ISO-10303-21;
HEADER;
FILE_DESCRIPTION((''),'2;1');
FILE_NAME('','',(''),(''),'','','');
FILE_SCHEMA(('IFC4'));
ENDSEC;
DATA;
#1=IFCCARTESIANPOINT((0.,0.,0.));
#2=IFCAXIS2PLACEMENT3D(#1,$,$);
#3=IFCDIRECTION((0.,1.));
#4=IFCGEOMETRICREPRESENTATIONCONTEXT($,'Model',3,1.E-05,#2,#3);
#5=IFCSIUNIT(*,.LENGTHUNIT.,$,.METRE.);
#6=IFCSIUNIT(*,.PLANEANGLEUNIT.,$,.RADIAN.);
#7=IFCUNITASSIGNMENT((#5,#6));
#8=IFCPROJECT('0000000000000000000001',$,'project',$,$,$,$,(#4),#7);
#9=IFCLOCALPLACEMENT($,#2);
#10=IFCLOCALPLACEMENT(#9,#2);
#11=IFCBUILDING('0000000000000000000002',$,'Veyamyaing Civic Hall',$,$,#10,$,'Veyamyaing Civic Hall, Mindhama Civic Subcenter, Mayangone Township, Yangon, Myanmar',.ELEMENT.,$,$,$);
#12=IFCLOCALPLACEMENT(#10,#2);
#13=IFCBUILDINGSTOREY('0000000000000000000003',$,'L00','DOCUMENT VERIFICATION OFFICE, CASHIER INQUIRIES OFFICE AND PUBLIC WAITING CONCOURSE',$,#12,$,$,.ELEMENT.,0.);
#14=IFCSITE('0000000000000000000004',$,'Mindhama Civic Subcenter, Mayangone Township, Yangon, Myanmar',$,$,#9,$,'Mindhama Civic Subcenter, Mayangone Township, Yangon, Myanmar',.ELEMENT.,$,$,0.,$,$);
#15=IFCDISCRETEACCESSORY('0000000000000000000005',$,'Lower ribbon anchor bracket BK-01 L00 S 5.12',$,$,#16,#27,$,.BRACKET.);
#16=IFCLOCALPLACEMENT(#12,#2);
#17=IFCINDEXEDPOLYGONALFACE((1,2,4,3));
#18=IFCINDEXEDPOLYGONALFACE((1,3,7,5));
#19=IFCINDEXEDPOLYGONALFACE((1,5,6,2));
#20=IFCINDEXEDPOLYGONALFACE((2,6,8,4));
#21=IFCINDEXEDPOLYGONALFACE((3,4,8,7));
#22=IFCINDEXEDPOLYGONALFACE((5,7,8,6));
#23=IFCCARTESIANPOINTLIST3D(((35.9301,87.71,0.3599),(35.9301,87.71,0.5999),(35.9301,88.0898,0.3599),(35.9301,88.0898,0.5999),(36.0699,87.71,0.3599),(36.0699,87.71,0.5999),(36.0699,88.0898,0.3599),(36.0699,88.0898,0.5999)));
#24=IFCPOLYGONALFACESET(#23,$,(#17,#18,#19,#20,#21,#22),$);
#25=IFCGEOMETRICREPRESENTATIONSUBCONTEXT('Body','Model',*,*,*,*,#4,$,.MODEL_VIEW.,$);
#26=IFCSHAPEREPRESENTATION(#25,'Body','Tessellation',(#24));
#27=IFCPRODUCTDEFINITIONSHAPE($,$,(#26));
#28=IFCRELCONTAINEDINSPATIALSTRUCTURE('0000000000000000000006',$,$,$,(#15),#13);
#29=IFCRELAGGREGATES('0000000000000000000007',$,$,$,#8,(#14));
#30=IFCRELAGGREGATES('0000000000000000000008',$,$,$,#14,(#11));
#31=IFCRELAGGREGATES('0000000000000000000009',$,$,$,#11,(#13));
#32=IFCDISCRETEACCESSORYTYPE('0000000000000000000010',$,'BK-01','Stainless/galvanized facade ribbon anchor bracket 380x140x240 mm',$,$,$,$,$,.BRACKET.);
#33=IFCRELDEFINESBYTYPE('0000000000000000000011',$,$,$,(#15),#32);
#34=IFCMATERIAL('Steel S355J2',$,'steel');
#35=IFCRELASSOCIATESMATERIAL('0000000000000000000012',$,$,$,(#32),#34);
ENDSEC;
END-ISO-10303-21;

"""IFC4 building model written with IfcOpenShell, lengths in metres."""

from ifc_helpers import new_model, si_unit, direction, frame, origin, origin_2d, place, context, subcontext, project, spatial, rectangle, extrude, material, type_object, element, save


model = new_model("IFC4")

# Units and contexts
model_context = context("Model", 3, precision=1e-05, world=origin(), true_north=direction((0.0, 1.0)))
body_context = subcontext(model_context, "Body", "Model", "MODEL_VIEW")
ifc_project = project(units=[si_unit("LENGTHUNIT", "METRE"), si_unit("PLANEANGLEUNIT", "RADIAN")], contexts=[model_context])

# Site, building, storey
site_placement = place(None, origin())
site = spatial("IfcSite", under=ifc_project, at=site_placement, Name="Mindhama Civic Subcenter, Mayangone Township, Yangon, Myanmar", LongName="Mindhama Civic Subcenter, Mayangone Township, Yangon, Myanmar", CompositionType="ELEMENT", RefElevation=0.0)
building_placement = place(site_placement, origin())
building = spatial("IfcBuilding", under=site, at=building_placement, Name="Veyamyaing Civic Hall", LongName="Veyamyaing Civic Hall, Mindhama Civic Subcenter, Mayangone Township, Yangon, Myanmar", CompositionType="ELEMENT")
storey_placement = place(building_placement, origin())
storey = spatial("IfcBuildingStorey", under=building, at=storey_placement, Name="L00", Description="DOCUMENT VERIFICATION OFFICE, CASHIER INQUIRIES OFFICE AND PUBLIC WAITING CONCOURSE", CompositionType="ELEMENT", Elevation=0.0)

# Discrete accessory
ifc_material_1 = material(Name="Steel S355J2", Category="steel")
discrete_accessory_type = type_object("IfcDiscreteAccessoryType", Name="BK-01", Description="Stainless/galvanized facade ribbon anchor bracket 380x140x240 mm", PredefinedType="BRACKET", material=ifc_material_1)
for number, where, z_axis, x_axis, name in (
    (1, (36.0, 87.8999, 0.3599), (0.0, 0.0, 1.0), (0.0, -1.0, 0.0), "Lower ribbon anchor bracket BK-01 L00 S 5.12"),
):
    element("IfcDiscreteAccessory", number, at=place(storey_placement, frame(where, z_axis=z_axis, x_axis=x_axis)), inside=storey, type_object=discrete_accessory_type, Name=name, PredefinedType="BRACKET", context=body_context, shape_type="SweptSolid", body=[
        extrude(rectangle(XDim=0.3799, YDim=0.1399, at=origin_2d()), origin(), (0.0, 0.0, 1.0), 0.24),
    ])

save(model, "model.ifc")
